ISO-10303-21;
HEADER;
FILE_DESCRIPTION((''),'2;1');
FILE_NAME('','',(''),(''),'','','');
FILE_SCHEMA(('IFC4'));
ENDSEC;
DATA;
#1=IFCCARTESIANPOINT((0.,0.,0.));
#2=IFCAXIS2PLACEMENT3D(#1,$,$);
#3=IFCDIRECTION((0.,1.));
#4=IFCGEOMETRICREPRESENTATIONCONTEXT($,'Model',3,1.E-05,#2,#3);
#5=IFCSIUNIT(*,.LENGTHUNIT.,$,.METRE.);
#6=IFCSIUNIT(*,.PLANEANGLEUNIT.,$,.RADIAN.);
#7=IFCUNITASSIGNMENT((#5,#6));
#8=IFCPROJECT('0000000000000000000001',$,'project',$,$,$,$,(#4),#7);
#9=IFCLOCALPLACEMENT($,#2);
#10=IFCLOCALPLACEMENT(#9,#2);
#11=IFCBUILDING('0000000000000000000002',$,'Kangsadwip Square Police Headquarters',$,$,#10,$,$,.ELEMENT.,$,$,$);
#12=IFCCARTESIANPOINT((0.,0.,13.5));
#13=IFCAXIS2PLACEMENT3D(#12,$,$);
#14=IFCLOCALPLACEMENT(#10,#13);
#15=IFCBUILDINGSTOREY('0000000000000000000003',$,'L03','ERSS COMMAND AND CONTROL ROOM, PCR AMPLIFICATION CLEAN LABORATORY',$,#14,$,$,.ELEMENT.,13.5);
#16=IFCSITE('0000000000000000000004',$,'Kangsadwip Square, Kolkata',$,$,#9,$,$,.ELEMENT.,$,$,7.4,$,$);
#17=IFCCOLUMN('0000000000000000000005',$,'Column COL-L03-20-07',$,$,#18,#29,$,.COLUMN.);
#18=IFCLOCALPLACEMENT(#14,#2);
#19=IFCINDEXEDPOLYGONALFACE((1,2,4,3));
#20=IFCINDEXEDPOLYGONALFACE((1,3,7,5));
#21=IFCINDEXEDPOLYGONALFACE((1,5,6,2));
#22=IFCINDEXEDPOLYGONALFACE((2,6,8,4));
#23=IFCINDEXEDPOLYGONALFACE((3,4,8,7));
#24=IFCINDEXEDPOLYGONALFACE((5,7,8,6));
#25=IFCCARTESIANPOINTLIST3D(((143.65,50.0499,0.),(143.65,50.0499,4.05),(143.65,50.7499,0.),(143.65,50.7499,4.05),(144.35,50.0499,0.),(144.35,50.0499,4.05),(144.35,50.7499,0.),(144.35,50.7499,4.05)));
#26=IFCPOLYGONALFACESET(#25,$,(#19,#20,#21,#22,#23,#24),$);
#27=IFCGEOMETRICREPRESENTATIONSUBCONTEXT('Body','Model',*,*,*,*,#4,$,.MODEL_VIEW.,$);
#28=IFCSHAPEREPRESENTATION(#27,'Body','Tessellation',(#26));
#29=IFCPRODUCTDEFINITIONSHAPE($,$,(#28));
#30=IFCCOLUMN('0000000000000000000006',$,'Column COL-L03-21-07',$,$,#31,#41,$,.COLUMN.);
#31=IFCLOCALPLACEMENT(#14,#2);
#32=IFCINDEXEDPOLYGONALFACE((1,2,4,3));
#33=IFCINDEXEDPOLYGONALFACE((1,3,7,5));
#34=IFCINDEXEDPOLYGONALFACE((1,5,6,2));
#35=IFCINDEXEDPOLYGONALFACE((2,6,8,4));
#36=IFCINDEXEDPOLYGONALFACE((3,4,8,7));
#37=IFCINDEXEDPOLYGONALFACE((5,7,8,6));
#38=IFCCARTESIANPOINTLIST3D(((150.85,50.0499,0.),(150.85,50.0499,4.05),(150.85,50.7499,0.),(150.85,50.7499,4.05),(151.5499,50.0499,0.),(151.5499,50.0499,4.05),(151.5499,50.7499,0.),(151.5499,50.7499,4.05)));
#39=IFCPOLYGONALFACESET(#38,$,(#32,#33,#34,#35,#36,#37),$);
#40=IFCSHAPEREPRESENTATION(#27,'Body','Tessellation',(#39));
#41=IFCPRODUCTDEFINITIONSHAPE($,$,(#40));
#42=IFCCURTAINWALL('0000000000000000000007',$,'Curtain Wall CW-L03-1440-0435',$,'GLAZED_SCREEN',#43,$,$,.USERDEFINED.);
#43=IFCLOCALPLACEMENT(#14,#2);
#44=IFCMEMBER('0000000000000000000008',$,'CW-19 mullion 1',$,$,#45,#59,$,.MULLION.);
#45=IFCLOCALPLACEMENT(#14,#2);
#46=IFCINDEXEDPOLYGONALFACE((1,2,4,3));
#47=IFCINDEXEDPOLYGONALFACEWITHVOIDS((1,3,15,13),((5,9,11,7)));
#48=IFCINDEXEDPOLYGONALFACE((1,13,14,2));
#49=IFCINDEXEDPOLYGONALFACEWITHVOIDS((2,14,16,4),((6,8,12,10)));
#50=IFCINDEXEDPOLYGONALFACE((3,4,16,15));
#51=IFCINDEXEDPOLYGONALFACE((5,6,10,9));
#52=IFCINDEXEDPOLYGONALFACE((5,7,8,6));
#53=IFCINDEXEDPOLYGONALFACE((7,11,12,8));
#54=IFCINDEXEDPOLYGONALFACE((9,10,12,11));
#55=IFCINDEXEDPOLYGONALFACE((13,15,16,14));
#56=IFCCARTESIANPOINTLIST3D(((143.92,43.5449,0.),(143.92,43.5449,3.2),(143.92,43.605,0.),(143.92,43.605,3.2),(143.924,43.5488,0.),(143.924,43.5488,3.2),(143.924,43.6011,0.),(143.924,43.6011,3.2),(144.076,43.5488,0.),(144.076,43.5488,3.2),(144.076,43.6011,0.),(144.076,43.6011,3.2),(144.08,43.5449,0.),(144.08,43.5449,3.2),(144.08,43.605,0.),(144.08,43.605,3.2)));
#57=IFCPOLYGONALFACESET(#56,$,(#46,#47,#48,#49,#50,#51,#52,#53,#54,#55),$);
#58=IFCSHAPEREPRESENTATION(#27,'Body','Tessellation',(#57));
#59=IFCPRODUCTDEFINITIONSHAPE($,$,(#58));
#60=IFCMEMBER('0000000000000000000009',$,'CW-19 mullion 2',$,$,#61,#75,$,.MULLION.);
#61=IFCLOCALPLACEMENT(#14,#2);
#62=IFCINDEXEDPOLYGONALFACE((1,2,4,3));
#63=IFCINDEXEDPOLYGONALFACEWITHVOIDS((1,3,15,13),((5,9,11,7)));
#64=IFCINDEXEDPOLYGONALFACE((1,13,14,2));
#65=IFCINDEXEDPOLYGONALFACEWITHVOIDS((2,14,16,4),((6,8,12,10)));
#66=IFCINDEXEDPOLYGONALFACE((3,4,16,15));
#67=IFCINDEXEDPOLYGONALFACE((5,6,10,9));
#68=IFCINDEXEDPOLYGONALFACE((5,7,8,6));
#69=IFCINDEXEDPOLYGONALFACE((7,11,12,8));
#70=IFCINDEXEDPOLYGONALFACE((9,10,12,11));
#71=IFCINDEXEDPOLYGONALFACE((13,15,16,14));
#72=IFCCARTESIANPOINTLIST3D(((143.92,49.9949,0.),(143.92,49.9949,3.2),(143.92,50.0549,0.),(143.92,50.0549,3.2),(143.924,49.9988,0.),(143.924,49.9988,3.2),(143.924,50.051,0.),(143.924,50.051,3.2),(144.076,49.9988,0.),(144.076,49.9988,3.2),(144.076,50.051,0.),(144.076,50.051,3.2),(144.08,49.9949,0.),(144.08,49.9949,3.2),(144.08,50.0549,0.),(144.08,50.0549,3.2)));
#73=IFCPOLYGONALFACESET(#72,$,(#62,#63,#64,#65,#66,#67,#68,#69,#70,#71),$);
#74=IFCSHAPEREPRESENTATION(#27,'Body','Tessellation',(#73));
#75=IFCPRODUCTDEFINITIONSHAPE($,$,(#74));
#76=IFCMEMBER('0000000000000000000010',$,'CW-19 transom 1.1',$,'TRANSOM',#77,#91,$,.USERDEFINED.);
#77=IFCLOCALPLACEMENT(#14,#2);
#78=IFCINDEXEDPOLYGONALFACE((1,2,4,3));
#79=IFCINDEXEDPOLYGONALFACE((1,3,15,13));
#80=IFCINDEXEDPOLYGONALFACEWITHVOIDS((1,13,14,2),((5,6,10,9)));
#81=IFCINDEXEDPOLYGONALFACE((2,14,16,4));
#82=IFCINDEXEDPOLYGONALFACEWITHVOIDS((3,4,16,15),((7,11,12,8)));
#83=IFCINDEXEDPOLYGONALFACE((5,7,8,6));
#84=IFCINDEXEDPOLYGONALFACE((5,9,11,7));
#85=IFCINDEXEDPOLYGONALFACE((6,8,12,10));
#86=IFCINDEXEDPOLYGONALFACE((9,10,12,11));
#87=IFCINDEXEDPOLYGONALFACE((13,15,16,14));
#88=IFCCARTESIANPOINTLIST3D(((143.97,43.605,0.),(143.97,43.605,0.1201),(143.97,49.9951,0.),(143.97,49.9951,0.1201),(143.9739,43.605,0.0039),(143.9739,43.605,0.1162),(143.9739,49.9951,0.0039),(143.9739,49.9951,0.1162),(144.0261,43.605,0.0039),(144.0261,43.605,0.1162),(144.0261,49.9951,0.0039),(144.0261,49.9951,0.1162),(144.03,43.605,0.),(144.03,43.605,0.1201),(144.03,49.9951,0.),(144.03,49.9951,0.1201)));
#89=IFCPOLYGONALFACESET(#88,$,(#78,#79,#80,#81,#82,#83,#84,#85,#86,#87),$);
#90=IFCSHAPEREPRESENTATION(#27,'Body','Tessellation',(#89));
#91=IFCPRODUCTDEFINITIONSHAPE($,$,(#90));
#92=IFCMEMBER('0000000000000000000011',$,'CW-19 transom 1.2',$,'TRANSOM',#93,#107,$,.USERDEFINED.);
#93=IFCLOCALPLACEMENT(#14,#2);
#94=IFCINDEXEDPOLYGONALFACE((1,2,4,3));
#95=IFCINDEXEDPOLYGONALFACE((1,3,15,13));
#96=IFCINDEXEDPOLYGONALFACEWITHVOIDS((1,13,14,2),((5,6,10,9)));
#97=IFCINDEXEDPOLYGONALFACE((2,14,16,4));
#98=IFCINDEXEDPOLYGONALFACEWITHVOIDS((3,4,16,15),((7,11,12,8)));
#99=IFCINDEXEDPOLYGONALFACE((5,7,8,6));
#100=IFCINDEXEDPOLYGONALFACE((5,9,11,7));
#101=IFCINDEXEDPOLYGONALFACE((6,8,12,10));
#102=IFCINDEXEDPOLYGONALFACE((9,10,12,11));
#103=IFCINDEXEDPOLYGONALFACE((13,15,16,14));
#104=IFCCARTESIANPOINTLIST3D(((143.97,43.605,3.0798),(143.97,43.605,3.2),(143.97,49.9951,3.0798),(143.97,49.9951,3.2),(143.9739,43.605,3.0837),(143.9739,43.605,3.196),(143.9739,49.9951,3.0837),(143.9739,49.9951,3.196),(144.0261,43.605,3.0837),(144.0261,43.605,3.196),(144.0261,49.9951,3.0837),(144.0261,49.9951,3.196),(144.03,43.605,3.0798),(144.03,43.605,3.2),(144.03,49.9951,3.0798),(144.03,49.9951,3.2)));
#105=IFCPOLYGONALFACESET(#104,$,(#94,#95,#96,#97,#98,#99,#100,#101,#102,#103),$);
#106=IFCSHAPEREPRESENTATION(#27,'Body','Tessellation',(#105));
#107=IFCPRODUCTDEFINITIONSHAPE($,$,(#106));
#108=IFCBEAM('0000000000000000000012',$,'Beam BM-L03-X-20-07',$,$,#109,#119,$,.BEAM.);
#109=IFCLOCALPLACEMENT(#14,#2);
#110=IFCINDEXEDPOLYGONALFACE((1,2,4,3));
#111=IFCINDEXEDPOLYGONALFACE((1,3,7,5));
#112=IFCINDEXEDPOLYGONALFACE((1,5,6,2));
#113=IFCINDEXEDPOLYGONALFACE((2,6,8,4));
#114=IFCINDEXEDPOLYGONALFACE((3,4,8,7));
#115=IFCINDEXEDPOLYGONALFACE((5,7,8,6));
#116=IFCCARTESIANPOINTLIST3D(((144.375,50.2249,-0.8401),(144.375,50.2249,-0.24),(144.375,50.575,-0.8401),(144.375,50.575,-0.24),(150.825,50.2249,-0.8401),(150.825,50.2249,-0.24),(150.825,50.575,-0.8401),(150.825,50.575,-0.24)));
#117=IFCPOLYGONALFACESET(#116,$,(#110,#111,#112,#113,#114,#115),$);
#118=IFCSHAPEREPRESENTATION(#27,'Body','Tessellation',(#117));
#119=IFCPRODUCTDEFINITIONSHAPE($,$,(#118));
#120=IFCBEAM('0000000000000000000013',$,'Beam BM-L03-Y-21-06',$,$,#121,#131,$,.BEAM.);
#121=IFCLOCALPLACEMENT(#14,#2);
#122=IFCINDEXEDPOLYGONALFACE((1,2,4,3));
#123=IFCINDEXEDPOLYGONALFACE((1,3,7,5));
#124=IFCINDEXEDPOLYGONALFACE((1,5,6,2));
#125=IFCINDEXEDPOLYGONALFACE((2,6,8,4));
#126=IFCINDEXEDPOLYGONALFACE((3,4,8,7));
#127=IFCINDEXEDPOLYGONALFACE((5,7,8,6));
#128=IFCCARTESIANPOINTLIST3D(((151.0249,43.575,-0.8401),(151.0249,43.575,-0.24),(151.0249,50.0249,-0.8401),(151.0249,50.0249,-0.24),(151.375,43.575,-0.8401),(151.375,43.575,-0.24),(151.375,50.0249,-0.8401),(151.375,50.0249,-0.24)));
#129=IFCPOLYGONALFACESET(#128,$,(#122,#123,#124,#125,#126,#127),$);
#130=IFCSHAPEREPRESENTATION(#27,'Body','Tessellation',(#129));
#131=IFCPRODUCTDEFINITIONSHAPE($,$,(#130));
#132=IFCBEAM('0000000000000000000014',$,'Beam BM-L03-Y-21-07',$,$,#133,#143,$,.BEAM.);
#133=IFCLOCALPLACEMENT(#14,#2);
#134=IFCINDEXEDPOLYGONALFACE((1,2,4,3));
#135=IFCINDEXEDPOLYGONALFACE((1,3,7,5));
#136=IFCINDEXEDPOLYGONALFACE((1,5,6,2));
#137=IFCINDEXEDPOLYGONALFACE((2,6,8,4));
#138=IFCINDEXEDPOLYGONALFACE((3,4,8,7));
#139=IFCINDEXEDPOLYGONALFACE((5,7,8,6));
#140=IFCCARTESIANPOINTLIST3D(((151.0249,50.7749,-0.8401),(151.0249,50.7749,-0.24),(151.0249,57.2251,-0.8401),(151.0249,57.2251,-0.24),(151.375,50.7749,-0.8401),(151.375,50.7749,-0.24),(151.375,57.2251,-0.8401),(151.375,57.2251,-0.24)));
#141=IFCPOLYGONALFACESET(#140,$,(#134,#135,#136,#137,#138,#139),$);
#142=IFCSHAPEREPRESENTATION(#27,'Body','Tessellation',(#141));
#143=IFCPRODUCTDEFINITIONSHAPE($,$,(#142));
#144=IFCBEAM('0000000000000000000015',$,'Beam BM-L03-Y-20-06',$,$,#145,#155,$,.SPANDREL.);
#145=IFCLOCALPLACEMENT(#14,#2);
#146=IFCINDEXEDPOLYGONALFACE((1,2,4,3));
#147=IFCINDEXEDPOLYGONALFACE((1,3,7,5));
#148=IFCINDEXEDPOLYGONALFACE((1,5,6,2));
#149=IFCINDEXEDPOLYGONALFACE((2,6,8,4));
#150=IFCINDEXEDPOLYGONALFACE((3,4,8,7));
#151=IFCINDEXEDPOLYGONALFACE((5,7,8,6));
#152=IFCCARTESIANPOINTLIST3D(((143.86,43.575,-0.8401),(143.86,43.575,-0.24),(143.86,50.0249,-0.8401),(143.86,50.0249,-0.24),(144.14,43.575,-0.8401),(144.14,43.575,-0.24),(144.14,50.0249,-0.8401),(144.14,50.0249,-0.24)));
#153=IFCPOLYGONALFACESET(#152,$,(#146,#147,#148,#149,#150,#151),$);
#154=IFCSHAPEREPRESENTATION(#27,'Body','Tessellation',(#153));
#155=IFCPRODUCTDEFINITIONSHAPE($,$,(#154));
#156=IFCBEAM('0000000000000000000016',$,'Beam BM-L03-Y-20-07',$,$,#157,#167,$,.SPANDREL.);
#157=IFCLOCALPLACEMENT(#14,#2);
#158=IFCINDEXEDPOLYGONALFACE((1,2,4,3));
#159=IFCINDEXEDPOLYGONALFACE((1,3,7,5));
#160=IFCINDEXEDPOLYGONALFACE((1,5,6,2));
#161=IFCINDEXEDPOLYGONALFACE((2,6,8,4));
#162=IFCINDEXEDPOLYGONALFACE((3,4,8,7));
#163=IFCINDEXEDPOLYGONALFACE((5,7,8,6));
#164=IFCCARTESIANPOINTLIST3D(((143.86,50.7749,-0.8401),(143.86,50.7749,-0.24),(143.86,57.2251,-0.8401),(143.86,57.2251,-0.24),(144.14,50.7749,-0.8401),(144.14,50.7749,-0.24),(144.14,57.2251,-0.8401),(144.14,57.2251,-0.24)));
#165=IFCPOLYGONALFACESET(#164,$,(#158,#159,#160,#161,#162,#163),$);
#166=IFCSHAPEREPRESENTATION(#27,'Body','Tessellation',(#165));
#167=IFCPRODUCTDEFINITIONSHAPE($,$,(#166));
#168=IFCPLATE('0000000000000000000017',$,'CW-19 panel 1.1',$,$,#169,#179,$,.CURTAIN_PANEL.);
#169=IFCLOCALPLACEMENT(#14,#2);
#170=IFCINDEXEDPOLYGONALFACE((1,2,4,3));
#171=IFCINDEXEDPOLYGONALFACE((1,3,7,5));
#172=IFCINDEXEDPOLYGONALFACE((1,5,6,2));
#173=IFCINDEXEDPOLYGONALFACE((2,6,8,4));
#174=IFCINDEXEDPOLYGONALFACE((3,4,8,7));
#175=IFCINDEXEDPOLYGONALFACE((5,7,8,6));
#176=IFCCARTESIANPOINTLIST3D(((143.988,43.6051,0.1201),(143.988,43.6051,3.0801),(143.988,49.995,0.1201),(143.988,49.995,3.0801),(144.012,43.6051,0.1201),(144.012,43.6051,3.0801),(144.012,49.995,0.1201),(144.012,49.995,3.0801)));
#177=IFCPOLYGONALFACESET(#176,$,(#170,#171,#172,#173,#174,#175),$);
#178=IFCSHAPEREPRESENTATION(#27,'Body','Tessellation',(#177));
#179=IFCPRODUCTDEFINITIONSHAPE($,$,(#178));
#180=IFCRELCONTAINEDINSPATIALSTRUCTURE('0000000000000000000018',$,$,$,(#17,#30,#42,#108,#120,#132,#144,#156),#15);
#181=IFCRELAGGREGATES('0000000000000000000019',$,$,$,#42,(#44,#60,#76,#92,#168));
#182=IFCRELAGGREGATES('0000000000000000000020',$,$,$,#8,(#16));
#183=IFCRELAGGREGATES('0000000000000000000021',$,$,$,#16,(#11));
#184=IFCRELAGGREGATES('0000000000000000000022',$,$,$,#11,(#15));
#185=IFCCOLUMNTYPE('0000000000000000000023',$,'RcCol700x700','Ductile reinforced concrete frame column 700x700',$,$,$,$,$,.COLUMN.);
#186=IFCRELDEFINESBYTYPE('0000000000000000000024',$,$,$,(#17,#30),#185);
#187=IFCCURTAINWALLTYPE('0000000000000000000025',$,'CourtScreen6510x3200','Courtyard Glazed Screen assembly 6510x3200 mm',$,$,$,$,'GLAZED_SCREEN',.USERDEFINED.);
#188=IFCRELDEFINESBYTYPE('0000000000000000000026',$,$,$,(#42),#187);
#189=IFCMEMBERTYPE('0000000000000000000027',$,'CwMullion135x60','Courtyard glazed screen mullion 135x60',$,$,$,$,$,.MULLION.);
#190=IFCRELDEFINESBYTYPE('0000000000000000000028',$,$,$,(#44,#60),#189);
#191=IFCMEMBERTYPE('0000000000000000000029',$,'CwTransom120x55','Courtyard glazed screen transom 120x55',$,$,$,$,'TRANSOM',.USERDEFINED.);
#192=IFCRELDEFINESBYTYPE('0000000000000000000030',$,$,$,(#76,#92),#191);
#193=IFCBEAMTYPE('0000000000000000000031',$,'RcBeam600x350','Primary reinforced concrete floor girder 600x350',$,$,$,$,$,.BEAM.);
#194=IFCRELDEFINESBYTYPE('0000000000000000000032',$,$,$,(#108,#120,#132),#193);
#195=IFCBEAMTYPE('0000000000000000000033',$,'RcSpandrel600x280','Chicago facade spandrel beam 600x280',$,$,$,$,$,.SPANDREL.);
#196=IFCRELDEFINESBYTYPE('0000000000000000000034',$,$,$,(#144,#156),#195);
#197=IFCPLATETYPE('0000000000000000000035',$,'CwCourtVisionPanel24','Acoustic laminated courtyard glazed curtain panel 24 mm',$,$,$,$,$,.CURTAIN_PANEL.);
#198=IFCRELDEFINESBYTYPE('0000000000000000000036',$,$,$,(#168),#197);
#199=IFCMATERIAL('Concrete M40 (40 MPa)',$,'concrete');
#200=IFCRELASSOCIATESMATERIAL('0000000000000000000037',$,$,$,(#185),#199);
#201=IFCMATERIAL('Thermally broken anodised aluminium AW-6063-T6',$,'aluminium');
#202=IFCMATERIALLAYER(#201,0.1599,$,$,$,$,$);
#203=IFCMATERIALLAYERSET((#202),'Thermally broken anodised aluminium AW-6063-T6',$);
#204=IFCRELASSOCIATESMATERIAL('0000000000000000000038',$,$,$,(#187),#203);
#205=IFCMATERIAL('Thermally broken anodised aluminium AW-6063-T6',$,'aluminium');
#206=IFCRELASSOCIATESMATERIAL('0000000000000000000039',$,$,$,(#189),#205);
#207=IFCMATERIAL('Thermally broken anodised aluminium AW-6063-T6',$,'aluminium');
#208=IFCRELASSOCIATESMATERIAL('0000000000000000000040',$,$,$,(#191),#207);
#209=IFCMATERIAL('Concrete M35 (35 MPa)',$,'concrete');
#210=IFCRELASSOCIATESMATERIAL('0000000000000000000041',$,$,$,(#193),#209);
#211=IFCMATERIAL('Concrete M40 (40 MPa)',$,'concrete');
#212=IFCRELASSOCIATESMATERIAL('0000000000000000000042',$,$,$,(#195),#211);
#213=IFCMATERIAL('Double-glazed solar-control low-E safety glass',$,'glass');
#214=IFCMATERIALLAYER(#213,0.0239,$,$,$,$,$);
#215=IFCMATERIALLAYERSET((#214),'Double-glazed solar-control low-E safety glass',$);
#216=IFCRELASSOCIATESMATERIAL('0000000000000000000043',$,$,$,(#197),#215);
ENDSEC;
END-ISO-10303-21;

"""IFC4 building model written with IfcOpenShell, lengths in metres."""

from ifc_helpers import new_model, si_unit, direction, frame, origin, origin_2d, place, context, subcontext, project, spatial, rectangle, hollow_rectangle, extrude, material, layer, layer_set, material_profile, profile_set, type_object, element, aggregate, save


model = new_model("IFC4")

# Units and contexts
model_context = context("Model", 3, precision=1e-05, world=origin(), true_north=direction((0.0, 1.0)))
body_context = subcontext(model_context, "Body", "Model", "MODEL_VIEW")
ifc_project = project(units=[si_unit("LENGTHUNIT", "METRE"), si_unit("PLANEANGLEUNIT", "RADIAN")], contexts=[model_context])

# Site, building, storey
site_placement = place(None, origin())
site = spatial("IfcSite", under=ifc_project, at=site_placement, Name="Kangsadwip Square, Kolkata", CompositionType="ELEMENT", RefElevation=7.4)
building_placement = place(site_placement, origin())
building = spatial("IfcBuilding", under=site, at=building_placement, Name="Kangsadwip Square Police Headquarters", CompositionType="ELEMENT")
storey_placement = place(building_placement, frame((0.0, 0.0, 13.5)))
storey = spatial("IfcBuildingStorey", under=building, at=storey_placement, Name="L03", Description="ERSS COMMAND AND CONTROL ROOM, PCR AMPLIFICATION CLEAN LABORATORY", CompositionType="ELEMENT", Elevation=13.5)

# Columns
ifc_material_1 = material(Name="Concrete M40 (40 MPa)", Category="concrete")
ifc_material_profile_1 = material_profile(ifc_material_1, rectangle(XDim=0.7, YDim=0.7, at=origin_2d()), Name="RC COL 700X700")
ifc_profile_set_1 = profile_set([ifc_material_profile_1], Name="Concrete M40 (40 MPa)")
column_type = type_object("IfcColumnType", Name="RcCol700x700", Description="Ductile reinforced concrete frame column 700x700", PredefinedType="COLUMN", material=ifc_profile_set_1)
for number, where, z_axis, x_axis, name in (
    (1, (144.0, 50.3999, 0.0), (0.0, 0.0, 1.0), (1.0, 0.0, 0.0), "Column COL-L03-20-07"),
    (2, (151.2, 50.3999, 0.0), (0.0, 0.0, 1.0), (1.0, 0.0, 0.0), "Column COL-L03-21-07"),
):
    element("IfcColumn", number, at=place(storey_placement, frame(where, z_axis=z_axis, x_axis=x_axis)), inside=storey, type_object=column_type, Name=name, PredefinedType="COLUMN", context=body_context, shape_type="SweptSolid", body=[
        extrude(rectangle(XDim=0.7, YDim=0.7, at=origin_2d()), origin(), (0.0, 0.0, 1.0), 4.05),
    ])

# Curtain wall, members
ifc_material_2 = material(Name="Thermally broken anodised aluminium AW-6063-T6", Category="aluminium")
ifc_layer_1 = layer(ifc_material_2, 0.1599)
ifc_layer_set_1 = layer_set([ifc_layer_1], Name="Thermally broken anodised aluminium AW-6063-T6")
curtain_wall_type = type_object("IfcCurtainWallType", Name="CourtScreen6510x3200", Description="Courtyard Glazed Screen assembly 6510x3200 mm", ElementType="GLAZED_SCREEN", PredefinedType="USERDEFINED", material=ifc_layer_set_1)
curtain_wall_placement = place(storey_placement, origin())
curtain_wall = element("IfcCurtainWall", 3, at=curtain_wall_placement, inside=storey, type_object=curtain_wall_type, Name="Curtain Wall CW-L03-1440-0435", ObjectType="GLAZED_SCREEN", PredefinedType="USERDEFINED")
ifc_material_3 = material(Name="Thermally broken anodised aluminium AW-6063-T6", Category="aluminium")
ifc_material_profile_2 = material_profile(ifc_material_3, hollow_rectangle(XDim=0.0601, YDim=0.1599, WallThickness=0.0039, at=origin_2d()), Name="CWM 160X60X4")
ifc_profile_set_2 = profile_set([ifc_material_profile_2], Name="Thermally broken anodised aluminium AW-6063-T6")
member_type_1 = type_object("IfcMemberType", Name="CwMullion135x60", Description="Courtyard glazed screen mullion 135x60", PredefinedType="MULLION", material=ifc_profile_set_2)
member_1_placement = place(storey_placement, frame((144.0, 43.575, 0.0), z_axis=(0.0, 0.0, 1.0), x_axis=(0.0, 1.0, 0.0)))
member_1 = element("IfcMember", 4, at=member_1_placement, type_object=member_type_1, Name="CW-19 mullion 1", PredefinedType="MULLION", context=body_context, shape_type="SweptSolid", body=[
    extrude(hollow_rectangle(XDim=0.0601, YDim=0.1599, WallThickness=0.0039, at=origin_2d()), origin(), (0.0, 0.0, 1.0), 3.2),
])
member_2_placement = place(storey_placement, frame((144.0, 50.0249, 0.0), z_axis=(0.0, 0.0, 1.0), x_axis=(0.0, 1.0, 0.0)))
member_2 = element("IfcMember", 5, at=member_2_placement, type_object=member_type_1, Name="CW-19 mullion 2", PredefinedType="MULLION", context=body_context, shape_type="SweptSolid", body=[
    extrude(hollow_rectangle(XDim=0.0601, YDim=0.1599, WallThickness=0.0039, at=origin_2d()), origin(), (0.0, 0.0, 1.0), 3.2),
])
ifc_material_4 = material(Name="Thermally broken anodised aluminium AW-6063-T6", Category="aluminium")
ifc_material_profile_3 = material_profile(ifc_material_4, hollow_rectangle(XDim=0.0601, YDim=0.1201, WallThickness=0.0039, at=origin_2d()), Name="CWT 120X60X4")
ifc_profile_set_3 = profile_set([ifc_material_profile_3], Name="Thermally broken anodised aluminium AW-6063-T6")
member_type_2 = type_object("IfcMemberType", Name="CwTransom120x55", Description="Courtyard glazed screen transom 120x55", ElementType="TRANSOM", PredefinedType="USERDEFINED", material=ifc_profile_set_3)
member_3_placement = place(storey_placement, frame((144.0, 43.605, 0.0601), z_axis=(0.0, 1.0, 0.0), x_axis=(-1.0, 0.0, 0.0)))
member_3 = element("IfcMember", 6, at=member_3_placement, type_object=member_type_2, Name="CW-19 transom 1.1", ObjectType="TRANSOM", PredefinedType="USERDEFINED", context=body_context, shape_type="SweptSolid", body=[
    extrude(hollow_rectangle(XDim=0.0601, YDim=0.1201, WallThickness=0.0039, at=origin_2d()), origin(), (0.0, 0.0, 1.0), 6.3901),
])
member_4_placement = place(storey_placement, frame((144.0, 43.605, 3.1399), z_axis=(0.0, 1.0, 0.0), x_axis=(-1.0, 0.0, 0.0)))
member_4 = element("IfcMember", 7, at=member_4_placement, type_object=member_type_2, Name="CW-19 transom 1.2", ObjectType="TRANSOM", PredefinedType="USERDEFINED", context=body_context, shape_type="SweptSolid", body=[
    extrude(hollow_rectangle(XDim=0.0601, YDim=0.1201, WallThickness=0.0039, at=origin_2d()), origin(), (0.0, 0.0, 1.0), 6.3901),
])

# Beams
ifc_material_5 = material(Name="Concrete M35 (35 MPa)", Category="concrete")
ifc_material_profile_4 = material_profile(ifc_material_5, rectangle(XDim=0.3501, YDim=0.6001, at=origin_2d()), Name="RC BM 600X350")
ifc_profile_set_4 = profile_set([ifc_material_profile_4], Name="Concrete M35 (35 MPa)")
beam_type_1 = type_object("IfcBeamType", Name="RcBeam600x350", Description="Primary reinforced concrete floor girder 600x350", PredefinedType="BEAM", material=ifc_profile_set_4)
for number, where, z_axis, x_axis, name in (
    (8, (144.375, 50.3999, -0.54), (1.0, 0.0, 0.0), (0.0, 1.0, 0.0), "Beam BM-L03-X-20-07"),
    (9, (151.2, 43.575, -0.54), (0.0, 1.0, 0.0), (-1.0, 0.0, 0.0), "Beam BM-L03-Y-21-06"),
):
    element("IfcBeam", number, at=place(storey_placement, frame(where, z_axis=z_axis, x_axis=x_axis)), inside=storey, type_object=beam_type_1, Name=name, PredefinedType="BEAM", context=body_context, shape_type="SweptSolid", body=[
        extrude(rectangle(XDim=0.3501, YDim=0.6001, at=origin_2d()), origin(), (0.0, 0.0, 1.0), 6.45),
    ])
beam_1_placement = place(storey_placement, frame((151.2, 50.7749, -0.54), z_axis=(0.0, 1.0, 0.0), x_axis=(-1.0, 0.0, 0.0)))
element("IfcBeam", 10, at=beam_1_placement, inside=storey, type_object=beam_type_1, Name="Beam BM-L03-Y-21-07", PredefinedType="BEAM", context=body_context, shape_type="SweptSolid", body=[
    extrude(rectangle(XDim=0.3501, YDim=0.6001, at=origin_2d()), origin(), (0.0, 0.0, 1.0), 6.4502),
])
ifc_material_6 = material(Name="Concrete M40 (40 MPa)", Category="concrete")
ifc_material_profile_5 = material_profile(ifc_material_6, rectangle(XDim=0.28, YDim=0.6001, at=origin_2d()), Name="RC SPN 600X280")
ifc_profile_set_5 = profile_set([ifc_material_profile_5], Name="Concrete M40 (40 MPa)")
beam_type_2 = type_object("IfcBeamType", Name="RcSpandrel600x280", Description="Chicago facade spandrel beam 600x280", PredefinedType="SPANDREL", material=ifc_profile_set_5)
beam_2_placement = place(storey_placement, frame((144.0, 43.575, -0.54), z_axis=(0.0, 1.0, 0.0), x_axis=(-1.0, 0.0, 0.0)))
element("IfcBeam", 11, at=beam_2_placement, inside=storey, type_object=beam_type_2, Name="Beam BM-L03-Y-20-06", PredefinedType="SPANDREL", context=body_context, shape_type="SweptSolid", body=[
    extrude(rectangle(XDim=0.28, YDim=0.6001, at=origin_2d()), origin(), (0.0, 0.0, 1.0), 6.45),
])
beam_3_placement = place(storey_placement, frame((144.0, 50.7749, -0.54), z_axis=(0.0, 1.0, 0.0), x_axis=(-1.0, 0.0, 0.0)))
element("IfcBeam", 12, at=beam_3_placement, inside=storey, type_object=beam_type_2, Name="Beam BM-L03-Y-20-07", PredefinedType="SPANDREL", context=body_context, shape_type="SweptSolid", body=[
    extrude(rectangle(XDim=0.28, YDim=0.6001, at=origin_2d()), origin(), (0.0, 0.0, 1.0), 6.4502),
])

# Plate
ifc_material_7 = material(Name="Double-glazed solar-control low-E safety glass", Category="glass")
ifc_layer_2 = layer(ifc_material_7, 0.0239)
ifc_layer_set_2 = layer_set([ifc_layer_2], Name="Double-glazed solar-control low-E safety glass")
plate_type = type_object("IfcPlateType", Name="CwCourtVisionPanel24", Description="Acoustic laminated courtyard glazed curtain panel 24 mm", PredefinedType="CURTAIN_PANEL", material=ifc_layer_set_2)
plate_placement = place(storey_placement, frame((144.0, 46.8, 0.1201), z_axis=(0.0, 0.0, 1.0), x_axis=(0.0, 1.0, 0.0)))
plate = element("IfcPlate", 13, at=plate_placement, type_object=plate_type, Name="CW-19 panel 1.1", PredefinedType="CURTAIN_PANEL", context=body_context, shape_type="SweptSolid", body=[
    extrude(rectangle(XDim=6.3899, YDim=0.0239, at=origin_2d()), origin(), (0.0, 0.0, 1.0), 2.96),
])
aggregate(curtain_wall, [member_1, member_2, member_3, member_4, plate])

save(model, "model.ifc")
